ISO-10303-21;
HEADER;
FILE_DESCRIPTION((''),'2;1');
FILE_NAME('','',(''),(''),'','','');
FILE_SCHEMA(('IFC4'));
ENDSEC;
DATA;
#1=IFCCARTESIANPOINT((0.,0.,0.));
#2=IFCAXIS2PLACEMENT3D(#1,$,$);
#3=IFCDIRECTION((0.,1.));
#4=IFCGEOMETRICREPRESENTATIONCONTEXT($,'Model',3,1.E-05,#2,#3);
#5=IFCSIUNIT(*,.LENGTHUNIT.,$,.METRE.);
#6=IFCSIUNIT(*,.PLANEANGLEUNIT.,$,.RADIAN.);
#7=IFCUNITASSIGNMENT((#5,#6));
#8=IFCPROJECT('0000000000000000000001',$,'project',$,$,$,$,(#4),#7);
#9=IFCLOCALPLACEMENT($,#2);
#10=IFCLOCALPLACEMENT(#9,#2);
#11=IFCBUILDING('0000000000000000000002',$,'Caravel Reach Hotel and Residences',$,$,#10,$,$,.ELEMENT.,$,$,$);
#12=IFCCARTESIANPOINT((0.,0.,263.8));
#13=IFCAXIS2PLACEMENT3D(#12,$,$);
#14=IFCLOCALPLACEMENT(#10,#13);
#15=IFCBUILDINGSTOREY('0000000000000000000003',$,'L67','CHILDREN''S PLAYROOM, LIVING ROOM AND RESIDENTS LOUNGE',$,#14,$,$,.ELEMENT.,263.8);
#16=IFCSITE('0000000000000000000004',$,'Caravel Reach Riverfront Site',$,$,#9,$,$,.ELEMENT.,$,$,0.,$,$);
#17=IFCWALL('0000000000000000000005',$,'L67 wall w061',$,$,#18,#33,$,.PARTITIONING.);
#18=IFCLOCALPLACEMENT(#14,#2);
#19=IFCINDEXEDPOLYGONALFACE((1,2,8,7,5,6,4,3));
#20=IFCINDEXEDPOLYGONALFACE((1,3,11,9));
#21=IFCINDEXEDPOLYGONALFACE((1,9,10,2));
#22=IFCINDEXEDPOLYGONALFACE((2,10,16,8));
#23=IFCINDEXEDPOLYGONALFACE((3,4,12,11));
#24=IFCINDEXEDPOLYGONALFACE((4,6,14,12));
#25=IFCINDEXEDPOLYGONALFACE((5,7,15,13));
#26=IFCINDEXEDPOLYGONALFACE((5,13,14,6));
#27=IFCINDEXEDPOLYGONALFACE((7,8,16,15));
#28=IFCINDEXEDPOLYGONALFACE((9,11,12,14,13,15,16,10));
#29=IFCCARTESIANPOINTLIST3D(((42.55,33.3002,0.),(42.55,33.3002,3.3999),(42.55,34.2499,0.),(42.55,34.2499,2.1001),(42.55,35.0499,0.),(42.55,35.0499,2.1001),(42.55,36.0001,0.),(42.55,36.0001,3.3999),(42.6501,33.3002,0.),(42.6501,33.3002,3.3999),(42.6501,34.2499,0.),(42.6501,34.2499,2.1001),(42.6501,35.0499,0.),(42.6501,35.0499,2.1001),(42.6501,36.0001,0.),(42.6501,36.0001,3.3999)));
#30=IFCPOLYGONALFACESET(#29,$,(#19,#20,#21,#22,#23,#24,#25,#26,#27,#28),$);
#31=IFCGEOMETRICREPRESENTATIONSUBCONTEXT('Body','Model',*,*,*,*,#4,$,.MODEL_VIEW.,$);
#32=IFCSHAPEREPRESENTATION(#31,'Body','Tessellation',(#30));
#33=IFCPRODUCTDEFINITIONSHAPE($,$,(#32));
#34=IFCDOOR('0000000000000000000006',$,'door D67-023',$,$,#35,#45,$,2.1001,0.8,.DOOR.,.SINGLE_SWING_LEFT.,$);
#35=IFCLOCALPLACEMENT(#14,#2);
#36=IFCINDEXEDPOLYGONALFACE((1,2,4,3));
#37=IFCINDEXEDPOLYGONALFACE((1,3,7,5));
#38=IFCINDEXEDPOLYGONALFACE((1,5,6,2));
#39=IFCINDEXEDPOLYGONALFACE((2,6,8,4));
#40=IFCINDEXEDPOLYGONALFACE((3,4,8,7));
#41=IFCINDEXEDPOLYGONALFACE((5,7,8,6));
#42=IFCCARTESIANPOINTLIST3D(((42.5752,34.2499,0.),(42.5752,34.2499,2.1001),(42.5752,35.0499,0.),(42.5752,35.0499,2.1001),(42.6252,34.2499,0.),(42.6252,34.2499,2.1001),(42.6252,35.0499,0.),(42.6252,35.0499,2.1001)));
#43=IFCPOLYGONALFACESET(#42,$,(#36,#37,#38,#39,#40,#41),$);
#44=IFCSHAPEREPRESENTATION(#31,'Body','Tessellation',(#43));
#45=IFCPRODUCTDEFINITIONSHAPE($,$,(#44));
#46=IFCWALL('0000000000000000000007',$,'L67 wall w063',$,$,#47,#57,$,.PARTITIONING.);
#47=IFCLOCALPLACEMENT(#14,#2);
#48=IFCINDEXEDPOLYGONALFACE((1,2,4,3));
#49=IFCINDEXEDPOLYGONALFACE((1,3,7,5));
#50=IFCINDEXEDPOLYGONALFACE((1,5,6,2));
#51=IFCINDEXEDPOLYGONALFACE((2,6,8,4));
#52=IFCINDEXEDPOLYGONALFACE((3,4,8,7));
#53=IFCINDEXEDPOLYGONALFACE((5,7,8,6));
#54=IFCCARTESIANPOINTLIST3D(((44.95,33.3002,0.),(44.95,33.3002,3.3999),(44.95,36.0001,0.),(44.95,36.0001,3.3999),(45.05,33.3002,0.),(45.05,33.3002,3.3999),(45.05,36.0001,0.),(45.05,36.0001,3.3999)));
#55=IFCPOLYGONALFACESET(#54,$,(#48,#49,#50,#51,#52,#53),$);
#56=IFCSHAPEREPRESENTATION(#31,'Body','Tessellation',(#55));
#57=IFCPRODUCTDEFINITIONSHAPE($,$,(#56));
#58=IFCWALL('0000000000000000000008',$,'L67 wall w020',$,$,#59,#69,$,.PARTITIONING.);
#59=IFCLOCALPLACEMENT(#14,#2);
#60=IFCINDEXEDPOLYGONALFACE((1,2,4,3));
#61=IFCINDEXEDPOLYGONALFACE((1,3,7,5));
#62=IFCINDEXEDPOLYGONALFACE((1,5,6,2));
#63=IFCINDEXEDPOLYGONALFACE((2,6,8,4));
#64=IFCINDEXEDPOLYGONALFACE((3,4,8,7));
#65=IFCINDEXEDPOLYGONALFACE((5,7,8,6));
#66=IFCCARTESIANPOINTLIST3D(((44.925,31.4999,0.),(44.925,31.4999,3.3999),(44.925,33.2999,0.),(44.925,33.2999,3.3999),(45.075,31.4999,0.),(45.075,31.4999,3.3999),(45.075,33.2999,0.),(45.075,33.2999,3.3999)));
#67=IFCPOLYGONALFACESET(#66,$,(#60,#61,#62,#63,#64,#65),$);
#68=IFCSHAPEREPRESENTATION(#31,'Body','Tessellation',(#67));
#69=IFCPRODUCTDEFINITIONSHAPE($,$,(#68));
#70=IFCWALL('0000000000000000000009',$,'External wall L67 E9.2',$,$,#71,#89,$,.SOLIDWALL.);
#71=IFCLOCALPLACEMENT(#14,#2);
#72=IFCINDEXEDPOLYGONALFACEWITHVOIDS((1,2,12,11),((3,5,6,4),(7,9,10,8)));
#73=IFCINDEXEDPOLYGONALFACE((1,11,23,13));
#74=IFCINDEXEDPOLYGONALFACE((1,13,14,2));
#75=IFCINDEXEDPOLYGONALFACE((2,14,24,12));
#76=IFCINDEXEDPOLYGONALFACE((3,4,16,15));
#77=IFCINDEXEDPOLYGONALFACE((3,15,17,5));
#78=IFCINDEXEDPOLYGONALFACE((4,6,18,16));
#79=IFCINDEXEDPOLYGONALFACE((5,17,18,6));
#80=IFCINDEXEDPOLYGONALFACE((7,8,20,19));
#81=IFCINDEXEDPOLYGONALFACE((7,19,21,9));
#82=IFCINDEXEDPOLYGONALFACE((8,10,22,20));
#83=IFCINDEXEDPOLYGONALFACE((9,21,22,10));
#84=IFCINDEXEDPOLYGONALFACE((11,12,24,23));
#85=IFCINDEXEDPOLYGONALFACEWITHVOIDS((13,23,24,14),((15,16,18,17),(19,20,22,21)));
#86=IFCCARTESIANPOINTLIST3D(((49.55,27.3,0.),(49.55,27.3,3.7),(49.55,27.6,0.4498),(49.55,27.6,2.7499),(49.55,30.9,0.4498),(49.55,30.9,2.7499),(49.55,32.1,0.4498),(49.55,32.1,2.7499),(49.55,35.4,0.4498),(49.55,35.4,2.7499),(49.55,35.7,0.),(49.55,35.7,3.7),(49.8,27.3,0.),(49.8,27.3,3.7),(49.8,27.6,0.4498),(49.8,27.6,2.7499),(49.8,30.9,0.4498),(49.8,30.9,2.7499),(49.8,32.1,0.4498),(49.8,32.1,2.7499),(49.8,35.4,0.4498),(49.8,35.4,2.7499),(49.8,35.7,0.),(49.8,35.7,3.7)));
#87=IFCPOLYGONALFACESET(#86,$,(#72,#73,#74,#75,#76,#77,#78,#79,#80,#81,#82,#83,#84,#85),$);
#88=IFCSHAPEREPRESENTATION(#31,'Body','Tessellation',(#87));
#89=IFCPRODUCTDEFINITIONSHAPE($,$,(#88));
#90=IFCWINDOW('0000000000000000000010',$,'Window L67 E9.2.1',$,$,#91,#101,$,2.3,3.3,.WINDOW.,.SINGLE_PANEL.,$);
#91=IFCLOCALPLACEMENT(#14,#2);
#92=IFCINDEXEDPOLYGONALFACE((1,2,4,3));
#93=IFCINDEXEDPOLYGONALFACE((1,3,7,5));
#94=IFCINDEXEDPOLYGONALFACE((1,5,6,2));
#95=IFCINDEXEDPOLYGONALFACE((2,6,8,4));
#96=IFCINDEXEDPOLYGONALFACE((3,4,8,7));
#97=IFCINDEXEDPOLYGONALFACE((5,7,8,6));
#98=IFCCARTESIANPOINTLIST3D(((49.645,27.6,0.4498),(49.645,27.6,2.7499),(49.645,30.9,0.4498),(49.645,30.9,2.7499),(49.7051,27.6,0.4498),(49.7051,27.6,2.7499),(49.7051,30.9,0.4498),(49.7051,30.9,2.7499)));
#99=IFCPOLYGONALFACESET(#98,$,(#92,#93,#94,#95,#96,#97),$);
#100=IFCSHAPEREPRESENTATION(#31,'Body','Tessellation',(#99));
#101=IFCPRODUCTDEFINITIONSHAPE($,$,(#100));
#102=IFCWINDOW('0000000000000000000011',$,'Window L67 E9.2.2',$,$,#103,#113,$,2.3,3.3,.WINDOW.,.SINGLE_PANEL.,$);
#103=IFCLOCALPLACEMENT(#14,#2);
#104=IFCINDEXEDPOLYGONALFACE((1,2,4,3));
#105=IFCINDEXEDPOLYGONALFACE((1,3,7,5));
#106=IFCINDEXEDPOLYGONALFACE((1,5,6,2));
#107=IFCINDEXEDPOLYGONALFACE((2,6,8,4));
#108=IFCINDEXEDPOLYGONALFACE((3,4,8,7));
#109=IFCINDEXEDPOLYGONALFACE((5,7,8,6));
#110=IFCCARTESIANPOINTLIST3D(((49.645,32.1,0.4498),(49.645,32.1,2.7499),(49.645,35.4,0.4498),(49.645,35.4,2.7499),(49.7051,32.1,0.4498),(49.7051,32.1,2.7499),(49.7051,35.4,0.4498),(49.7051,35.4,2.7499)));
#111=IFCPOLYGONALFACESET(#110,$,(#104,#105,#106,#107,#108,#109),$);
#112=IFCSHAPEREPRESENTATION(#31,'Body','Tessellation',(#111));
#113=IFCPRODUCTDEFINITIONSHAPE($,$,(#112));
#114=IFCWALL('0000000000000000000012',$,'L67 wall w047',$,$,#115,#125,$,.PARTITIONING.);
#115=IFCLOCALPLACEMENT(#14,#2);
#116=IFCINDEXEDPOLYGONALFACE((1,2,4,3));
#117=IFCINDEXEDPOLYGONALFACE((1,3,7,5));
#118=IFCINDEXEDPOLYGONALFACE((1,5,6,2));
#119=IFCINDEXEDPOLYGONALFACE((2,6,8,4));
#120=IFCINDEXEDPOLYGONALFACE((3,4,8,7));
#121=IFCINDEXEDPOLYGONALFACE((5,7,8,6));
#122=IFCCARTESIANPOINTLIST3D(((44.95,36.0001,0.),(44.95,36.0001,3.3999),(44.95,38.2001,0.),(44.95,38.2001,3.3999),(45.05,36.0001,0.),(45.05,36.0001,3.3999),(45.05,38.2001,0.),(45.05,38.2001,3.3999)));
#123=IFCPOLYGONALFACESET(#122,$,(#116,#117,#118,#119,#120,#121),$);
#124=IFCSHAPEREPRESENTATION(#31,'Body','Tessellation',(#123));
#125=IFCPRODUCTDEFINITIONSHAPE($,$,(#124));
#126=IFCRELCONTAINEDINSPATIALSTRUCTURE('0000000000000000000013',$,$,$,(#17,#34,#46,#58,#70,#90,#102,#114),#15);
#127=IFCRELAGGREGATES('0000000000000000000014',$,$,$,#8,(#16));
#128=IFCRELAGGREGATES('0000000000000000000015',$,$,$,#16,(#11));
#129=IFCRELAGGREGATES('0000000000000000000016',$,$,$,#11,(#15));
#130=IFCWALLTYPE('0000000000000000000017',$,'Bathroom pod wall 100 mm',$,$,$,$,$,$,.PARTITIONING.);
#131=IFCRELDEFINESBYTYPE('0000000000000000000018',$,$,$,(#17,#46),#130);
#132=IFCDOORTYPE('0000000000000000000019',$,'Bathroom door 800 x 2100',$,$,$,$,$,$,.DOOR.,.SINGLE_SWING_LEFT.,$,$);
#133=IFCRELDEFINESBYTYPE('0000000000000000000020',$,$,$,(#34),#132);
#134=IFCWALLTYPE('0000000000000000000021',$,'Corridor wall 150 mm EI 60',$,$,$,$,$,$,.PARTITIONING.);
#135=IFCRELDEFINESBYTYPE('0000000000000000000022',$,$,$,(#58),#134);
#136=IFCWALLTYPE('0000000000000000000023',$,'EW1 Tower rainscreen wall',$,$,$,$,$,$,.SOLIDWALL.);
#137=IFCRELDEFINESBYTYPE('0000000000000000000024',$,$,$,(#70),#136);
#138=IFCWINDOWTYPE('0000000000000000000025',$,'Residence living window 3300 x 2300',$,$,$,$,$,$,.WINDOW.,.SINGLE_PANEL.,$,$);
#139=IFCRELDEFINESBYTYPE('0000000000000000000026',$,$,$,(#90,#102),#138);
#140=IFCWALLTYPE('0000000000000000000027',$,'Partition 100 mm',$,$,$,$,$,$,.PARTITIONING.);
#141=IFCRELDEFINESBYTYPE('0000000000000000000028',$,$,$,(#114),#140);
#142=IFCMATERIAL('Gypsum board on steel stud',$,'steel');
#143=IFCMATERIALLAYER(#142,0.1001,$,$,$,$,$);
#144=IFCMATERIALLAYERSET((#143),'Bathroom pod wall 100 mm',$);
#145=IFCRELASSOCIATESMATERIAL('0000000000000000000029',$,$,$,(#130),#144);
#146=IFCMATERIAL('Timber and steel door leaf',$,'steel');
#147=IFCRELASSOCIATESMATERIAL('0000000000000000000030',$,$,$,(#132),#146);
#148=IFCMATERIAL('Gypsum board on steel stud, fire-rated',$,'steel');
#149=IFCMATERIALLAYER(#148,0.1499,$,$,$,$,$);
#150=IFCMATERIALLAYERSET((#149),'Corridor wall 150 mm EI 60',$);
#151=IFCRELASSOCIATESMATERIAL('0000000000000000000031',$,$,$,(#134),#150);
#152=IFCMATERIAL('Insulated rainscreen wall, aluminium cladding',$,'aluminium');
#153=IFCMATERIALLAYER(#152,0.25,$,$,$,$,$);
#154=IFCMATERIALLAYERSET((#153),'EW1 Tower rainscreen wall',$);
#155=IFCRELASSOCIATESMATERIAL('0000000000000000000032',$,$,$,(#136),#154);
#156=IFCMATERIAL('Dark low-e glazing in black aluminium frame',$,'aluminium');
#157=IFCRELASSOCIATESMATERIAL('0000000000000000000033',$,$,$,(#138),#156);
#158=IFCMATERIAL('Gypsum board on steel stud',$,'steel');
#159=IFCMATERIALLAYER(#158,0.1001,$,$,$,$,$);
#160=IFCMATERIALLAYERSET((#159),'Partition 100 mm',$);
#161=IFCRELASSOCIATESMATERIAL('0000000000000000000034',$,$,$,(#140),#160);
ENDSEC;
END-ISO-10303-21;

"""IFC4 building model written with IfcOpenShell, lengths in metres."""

from ifc_helpers import new_model, si_unit, direction, frame, frame_2d, origin, place, context, subcontext, project, spatial, rectangle, extrude, material, layer, layer_set, type_object, element, fill, save


model = new_model("IFC4")

# Units and contexts
model_context = context("Model", 3, precision=1e-05, world=origin(), true_north=direction((0.0, 1.0)))
body_context = subcontext(model_context, "Body", "Model", "MODEL_VIEW")
ifc_project = project(units=[si_unit("LENGTHUNIT", "METRE"), si_unit("PLANEANGLEUNIT", "RADIAN")], contexts=[model_context])

# Site, building, storey
site_placement = place(None, origin())
site = spatial("IfcSite", under=ifc_project, at=site_placement, Name="Caravel Reach Riverfront Site", CompositionType="ELEMENT", RefElevation=0.0)
building_placement = place(site_placement, origin())
building = spatial("IfcBuilding", under=site, at=building_placement, Name="Caravel Reach Hotel and Residences", CompositionType="ELEMENT")
storey_placement = place(building_placement, frame((0.0, 0.0, 263.8)))
storey = spatial("IfcBuildingStorey", under=building, at=storey_placement, Name="L67", Description="CHILDREN'S PLAYROOM, LIVING ROOM AND RESIDENTS LOUNGE", CompositionType="ELEMENT", Elevation=263.8)

# Shared definitions
ifc_material_1 = material(Name="Gypsum board on steel stud", Category="steel")
ifc_layer_1 = layer(ifc_material_1, 0.1001)
ifc_layer_set_1 = layer_set([ifc_layer_1], Name="Bathroom pod wall 100 mm")
wall_type_1 = type_object("IfcWallType", Name="Bathroom pod wall 100 mm", PredefinedType="PARTITIONING", material=ifc_layer_set_1)

# Wall, opening, door
wall_1_placement = place(storey_placement, frame((42.6001, 33.3, 0.0), z_axis=(0.0, 0.0, 1.0), x_axis=(0.0, 1.0, 0.0)))
wall_1 = element("IfcWall", 1, at=wall_1_placement, inside=storey, type_object=wall_type_1, Name="L67 wall w061", PredefinedType="PARTITIONING", context=body_context, shape_type="SweptSolid", body=[
    extrude(rectangle(XDim=2.7, YDim=0.1001, at=frame_2d((1.3501, 0.0))), origin(), (0.0, 0.0, 1.0), 3.3999),
])
opening_1_placement = place(wall_1_placement, frame((0.95, 0.0, 0.0)))
opening_1 = element("IfcOpeningElement", 2, at=opening_1_placement, cuts=wall_1, PredefinedType="OPENING", context=body_context, shape_type="SweptSolid", body=[
    extrude(rectangle(XDim=0.8, YDim=2.1001, at=frame_2d((0.3999, 1.05))), frame((0.0, 0.0601, 0.0), z_axis=(0.0, -1.0, 0.0), x_axis=(1.0, 0.0, 0.0)), (0.0, 0.0, 1.0), 0.1201),
])
ifc_material_2 = material(Name="Timber and steel door leaf", Category="steel")
door_type = type_object("IfcDoorType", Name="Bathroom door 800 x 2100", OperationType="SINGLE_SWING_LEFT", PredefinedType="DOOR", material=ifc_material_2)
door_placement = place(opening_1_placement, origin())
door = element("IfcDoor", 3, at=door_placement, inside=storey, type_object=door_type, Name="door D67-023", OperationType="SINGLE_SWING_LEFT", OverallHeight=2.1001, OverallWidth=0.8, PredefinedType="DOOR", context=body_context, shape_type="SweptSolid", body=[
    extrude(rectangle(XDim=0.8, YDim=2.1001, at=frame_2d((0.3999, 1.05))), frame((0.0, 0.0249, 0.0), z_axis=(0.0, -1.0, 0.0), x_axis=(1.0, 0.0, 0.0)), (0.0, 0.0, 1.0), 0.05),
])
fill(opening_1, door)

# Walls
wall_2_placement = place(storey_placement, frame((45.0, 33.3, 0.0), z_axis=(0.0, 0.0, 1.0), x_axis=(0.0, 1.0, 0.0)))
element("IfcWall", 4, at=wall_2_placement, inside=storey, type_object=wall_type_1, Name="L67 wall w063", PredefinedType="PARTITIONING", context=body_context, shape_type="SweptSolid", body=[
    extrude(rectangle(XDim=2.7, YDim=0.1001, at=frame_2d((1.3501, 0.0))), origin(), (0.0, 0.0, 1.0), 3.3999),
])
ifc_material_3 = material(Name="Gypsum board on steel stud, fire-rated", Category="steel")
ifc_layer_2 = layer(ifc_material_3, 0.1499)
ifc_layer_set_2 = layer_set([ifc_layer_2], Name="Corridor wall 150 mm EI 60")
wall_type_2 = type_object("IfcWallType", Name="Corridor wall 150 mm EI 60", PredefinedType="PARTITIONING", material=ifc_layer_set_2)
wall_3_placement = place(storey_placement, frame((45.0, 31.5, 0.0), z_axis=(0.0, 0.0, 1.0), x_axis=(0.0, 1.0, 0.0)))
element("IfcWall", 5, at=wall_3_placement, inside=storey, type_object=wall_type_2, Name="L67 wall w020", PredefinedType="PARTITIONING", context=body_context, shape_type="SweptSolid", body=[
    extrude(rectangle(XDim=1.8, YDim=0.1499, at=frame_2d((0.8999, 0.0))), origin(), (0.0, 0.0, 1.0), 3.3999),
])

# Wall, openings, windows
ifc_material_4 = material(Name="Insulated rainscreen wall, aluminium cladding", Category="aluminium")
ifc_layer_3 = layer(ifc_material_4, 0.25)
ifc_layer_set_3 = layer_set([ifc_layer_3], Name="EW1 Tower rainscreen wall")
wall_type_3 = type_object("IfcWallType", Name="EW1 Tower rainscreen wall", PredefinedType="SOLIDWALL", material=ifc_layer_set_3)
wall_4_placement = place(storey_placement, frame((49.675, 27.3, 0.0), z_axis=(0.0, 0.0, 1.0), x_axis=(0.0, 1.0, 0.0)))
wall_4 = element("IfcWall", 6, at=wall_4_placement, inside=storey, type_object=wall_type_3, Name="External wall L67 E9.2", PredefinedType="SOLIDWALL", context=body_context, shape_type="SweptSolid", body=[
    extrude(rectangle(XDim=8.3999, YDim=0.25, at=frame_2d((4.2, 0.0))), origin(), (0.0, 0.0, 1.0), 3.7),
])
opening_2_placement = place(wall_4_placement, frame((0.3, 0.0, 0.45)))
opening_2 = element("IfcOpeningElement", 7, at=opening_2_placement, cuts=wall_4, PredefinedType="OPENING", context=body_context, shape_type="SweptSolid", body=[
    extrude(rectangle(XDim=3.3, YDim=2.3, at=frame_2d((1.6499, 1.1499))), frame((0.0, 0.135, 0.0), z_axis=(0.0, -1.0, 0.0), x_axis=(1.0, 0.0, 0.0)), (0.0, 0.0, 1.0), 0.27),
])
opening_3_placement = place(wall_4_placement, frame((4.8, 0.0, 0.45)))
opening_3 = element("IfcOpeningElement", 8, at=opening_3_placement, cuts=wall_4, PredefinedType="OPENING", context=body_context, shape_type="SweptSolid", body=[
    extrude(rectangle(XDim=3.3, YDim=2.3, at=frame_2d((1.6499, 1.1499))), frame((0.0, 0.135, 0.0), z_axis=(0.0, -1.0, 0.0), x_axis=(1.0, 0.0, 0.0)), (0.0, 0.0, 1.0), 0.27),
])
ifc_material_5 = material(Name="Dark low-e glazing in black aluminium frame", Category="aluminium")
window_type = type_object("IfcWindowType", Name="Residence living window 3300 x 2300", PartitioningType="SINGLE_PANEL", PredefinedType="WINDOW", material=ifc_material_5)
window_1_placement = place(opening_2_placement, origin())
window_1 = element("IfcWindow", 9, at=window_1_placement, inside=storey, type_object=window_type, Name="Window L67 E9.2.1", OverallHeight=2.3, OverallWidth=3.3, PartitioningType="SINGLE_PANEL", PredefinedType="WINDOW", context=body_context, shape_type="SweptSolid", body=[
    extrude(rectangle(XDim=3.3, YDim=2.3, at=frame_2d((1.6499, 1.1499))), frame((0.0, 0.03, 0.0), z_axis=(0.0, -1.0, 0.0), x_axis=(1.0, 0.0, 0.0)), (0.0, 0.0, 1.0), 0.0601),
])
fill(opening_2, window_1)
window_2_placement = place(opening_3_placement, origin())
window_2 = element("IfcWindow", 10, at=window_2_placement, inside=storey, type_object=window_type, Name="Window L67 E9.2.2", OverallHeight=2.3, OverallWidth=3.3, PartitioningType="SINGLE_PANEL", PredefinedType="WINDOW", context=body_context, shape_type="SweptSolid", body=[
    extrude(rectangle(XDim=3.3, YDim=2.3, at=frame_2d((1.6499, 1.1499))), frame((0.0, 0.03, 0.0), z_axis=(0.0, -1.0, 0.0), x_axis=(1.0, 0.0, 0.0)), (0.0, 0.0, 1.0), 0.0601),
])
fill(opening_3, window_2)

# Wall
ifc_material_6 = material(Name="Gypsum board on steel stud", Category="steel")
ifc_layer_4 = layer(ifc_material_6, 0.1001)
ifc_layer_set_4 = layer_set([ifc_layer_4], Name="Partition 100 mm")
wall_type_4 = type_object("IfcWallType", Name="Partition 100 mm", PredefinedType="PARTITIONING", material=ifc_layer_set_4)
wall_5_placement = place(storey_placement, frame((45.0, 36.0, 0.0), z_axis=(0.0, 0.0, 1.0), x_axis=(0.0, 1.0, 0.0)))
element("IfcWall", 11, at=wall_5_placement, inside=storey, type_object=wall_type_4, Name="L67 wall w047", PredefinedType="PARTITIONING", context=body_context, shape_type="SweptSolid", body=[
    extrude(rectangle(XDim=2.2, YDim=0.1001, at=frame_2d((1.1001, 0.0))), origin(), (0.0, 0.0, 1.0), 3.3999),
])

save(model, "model.ifc")
